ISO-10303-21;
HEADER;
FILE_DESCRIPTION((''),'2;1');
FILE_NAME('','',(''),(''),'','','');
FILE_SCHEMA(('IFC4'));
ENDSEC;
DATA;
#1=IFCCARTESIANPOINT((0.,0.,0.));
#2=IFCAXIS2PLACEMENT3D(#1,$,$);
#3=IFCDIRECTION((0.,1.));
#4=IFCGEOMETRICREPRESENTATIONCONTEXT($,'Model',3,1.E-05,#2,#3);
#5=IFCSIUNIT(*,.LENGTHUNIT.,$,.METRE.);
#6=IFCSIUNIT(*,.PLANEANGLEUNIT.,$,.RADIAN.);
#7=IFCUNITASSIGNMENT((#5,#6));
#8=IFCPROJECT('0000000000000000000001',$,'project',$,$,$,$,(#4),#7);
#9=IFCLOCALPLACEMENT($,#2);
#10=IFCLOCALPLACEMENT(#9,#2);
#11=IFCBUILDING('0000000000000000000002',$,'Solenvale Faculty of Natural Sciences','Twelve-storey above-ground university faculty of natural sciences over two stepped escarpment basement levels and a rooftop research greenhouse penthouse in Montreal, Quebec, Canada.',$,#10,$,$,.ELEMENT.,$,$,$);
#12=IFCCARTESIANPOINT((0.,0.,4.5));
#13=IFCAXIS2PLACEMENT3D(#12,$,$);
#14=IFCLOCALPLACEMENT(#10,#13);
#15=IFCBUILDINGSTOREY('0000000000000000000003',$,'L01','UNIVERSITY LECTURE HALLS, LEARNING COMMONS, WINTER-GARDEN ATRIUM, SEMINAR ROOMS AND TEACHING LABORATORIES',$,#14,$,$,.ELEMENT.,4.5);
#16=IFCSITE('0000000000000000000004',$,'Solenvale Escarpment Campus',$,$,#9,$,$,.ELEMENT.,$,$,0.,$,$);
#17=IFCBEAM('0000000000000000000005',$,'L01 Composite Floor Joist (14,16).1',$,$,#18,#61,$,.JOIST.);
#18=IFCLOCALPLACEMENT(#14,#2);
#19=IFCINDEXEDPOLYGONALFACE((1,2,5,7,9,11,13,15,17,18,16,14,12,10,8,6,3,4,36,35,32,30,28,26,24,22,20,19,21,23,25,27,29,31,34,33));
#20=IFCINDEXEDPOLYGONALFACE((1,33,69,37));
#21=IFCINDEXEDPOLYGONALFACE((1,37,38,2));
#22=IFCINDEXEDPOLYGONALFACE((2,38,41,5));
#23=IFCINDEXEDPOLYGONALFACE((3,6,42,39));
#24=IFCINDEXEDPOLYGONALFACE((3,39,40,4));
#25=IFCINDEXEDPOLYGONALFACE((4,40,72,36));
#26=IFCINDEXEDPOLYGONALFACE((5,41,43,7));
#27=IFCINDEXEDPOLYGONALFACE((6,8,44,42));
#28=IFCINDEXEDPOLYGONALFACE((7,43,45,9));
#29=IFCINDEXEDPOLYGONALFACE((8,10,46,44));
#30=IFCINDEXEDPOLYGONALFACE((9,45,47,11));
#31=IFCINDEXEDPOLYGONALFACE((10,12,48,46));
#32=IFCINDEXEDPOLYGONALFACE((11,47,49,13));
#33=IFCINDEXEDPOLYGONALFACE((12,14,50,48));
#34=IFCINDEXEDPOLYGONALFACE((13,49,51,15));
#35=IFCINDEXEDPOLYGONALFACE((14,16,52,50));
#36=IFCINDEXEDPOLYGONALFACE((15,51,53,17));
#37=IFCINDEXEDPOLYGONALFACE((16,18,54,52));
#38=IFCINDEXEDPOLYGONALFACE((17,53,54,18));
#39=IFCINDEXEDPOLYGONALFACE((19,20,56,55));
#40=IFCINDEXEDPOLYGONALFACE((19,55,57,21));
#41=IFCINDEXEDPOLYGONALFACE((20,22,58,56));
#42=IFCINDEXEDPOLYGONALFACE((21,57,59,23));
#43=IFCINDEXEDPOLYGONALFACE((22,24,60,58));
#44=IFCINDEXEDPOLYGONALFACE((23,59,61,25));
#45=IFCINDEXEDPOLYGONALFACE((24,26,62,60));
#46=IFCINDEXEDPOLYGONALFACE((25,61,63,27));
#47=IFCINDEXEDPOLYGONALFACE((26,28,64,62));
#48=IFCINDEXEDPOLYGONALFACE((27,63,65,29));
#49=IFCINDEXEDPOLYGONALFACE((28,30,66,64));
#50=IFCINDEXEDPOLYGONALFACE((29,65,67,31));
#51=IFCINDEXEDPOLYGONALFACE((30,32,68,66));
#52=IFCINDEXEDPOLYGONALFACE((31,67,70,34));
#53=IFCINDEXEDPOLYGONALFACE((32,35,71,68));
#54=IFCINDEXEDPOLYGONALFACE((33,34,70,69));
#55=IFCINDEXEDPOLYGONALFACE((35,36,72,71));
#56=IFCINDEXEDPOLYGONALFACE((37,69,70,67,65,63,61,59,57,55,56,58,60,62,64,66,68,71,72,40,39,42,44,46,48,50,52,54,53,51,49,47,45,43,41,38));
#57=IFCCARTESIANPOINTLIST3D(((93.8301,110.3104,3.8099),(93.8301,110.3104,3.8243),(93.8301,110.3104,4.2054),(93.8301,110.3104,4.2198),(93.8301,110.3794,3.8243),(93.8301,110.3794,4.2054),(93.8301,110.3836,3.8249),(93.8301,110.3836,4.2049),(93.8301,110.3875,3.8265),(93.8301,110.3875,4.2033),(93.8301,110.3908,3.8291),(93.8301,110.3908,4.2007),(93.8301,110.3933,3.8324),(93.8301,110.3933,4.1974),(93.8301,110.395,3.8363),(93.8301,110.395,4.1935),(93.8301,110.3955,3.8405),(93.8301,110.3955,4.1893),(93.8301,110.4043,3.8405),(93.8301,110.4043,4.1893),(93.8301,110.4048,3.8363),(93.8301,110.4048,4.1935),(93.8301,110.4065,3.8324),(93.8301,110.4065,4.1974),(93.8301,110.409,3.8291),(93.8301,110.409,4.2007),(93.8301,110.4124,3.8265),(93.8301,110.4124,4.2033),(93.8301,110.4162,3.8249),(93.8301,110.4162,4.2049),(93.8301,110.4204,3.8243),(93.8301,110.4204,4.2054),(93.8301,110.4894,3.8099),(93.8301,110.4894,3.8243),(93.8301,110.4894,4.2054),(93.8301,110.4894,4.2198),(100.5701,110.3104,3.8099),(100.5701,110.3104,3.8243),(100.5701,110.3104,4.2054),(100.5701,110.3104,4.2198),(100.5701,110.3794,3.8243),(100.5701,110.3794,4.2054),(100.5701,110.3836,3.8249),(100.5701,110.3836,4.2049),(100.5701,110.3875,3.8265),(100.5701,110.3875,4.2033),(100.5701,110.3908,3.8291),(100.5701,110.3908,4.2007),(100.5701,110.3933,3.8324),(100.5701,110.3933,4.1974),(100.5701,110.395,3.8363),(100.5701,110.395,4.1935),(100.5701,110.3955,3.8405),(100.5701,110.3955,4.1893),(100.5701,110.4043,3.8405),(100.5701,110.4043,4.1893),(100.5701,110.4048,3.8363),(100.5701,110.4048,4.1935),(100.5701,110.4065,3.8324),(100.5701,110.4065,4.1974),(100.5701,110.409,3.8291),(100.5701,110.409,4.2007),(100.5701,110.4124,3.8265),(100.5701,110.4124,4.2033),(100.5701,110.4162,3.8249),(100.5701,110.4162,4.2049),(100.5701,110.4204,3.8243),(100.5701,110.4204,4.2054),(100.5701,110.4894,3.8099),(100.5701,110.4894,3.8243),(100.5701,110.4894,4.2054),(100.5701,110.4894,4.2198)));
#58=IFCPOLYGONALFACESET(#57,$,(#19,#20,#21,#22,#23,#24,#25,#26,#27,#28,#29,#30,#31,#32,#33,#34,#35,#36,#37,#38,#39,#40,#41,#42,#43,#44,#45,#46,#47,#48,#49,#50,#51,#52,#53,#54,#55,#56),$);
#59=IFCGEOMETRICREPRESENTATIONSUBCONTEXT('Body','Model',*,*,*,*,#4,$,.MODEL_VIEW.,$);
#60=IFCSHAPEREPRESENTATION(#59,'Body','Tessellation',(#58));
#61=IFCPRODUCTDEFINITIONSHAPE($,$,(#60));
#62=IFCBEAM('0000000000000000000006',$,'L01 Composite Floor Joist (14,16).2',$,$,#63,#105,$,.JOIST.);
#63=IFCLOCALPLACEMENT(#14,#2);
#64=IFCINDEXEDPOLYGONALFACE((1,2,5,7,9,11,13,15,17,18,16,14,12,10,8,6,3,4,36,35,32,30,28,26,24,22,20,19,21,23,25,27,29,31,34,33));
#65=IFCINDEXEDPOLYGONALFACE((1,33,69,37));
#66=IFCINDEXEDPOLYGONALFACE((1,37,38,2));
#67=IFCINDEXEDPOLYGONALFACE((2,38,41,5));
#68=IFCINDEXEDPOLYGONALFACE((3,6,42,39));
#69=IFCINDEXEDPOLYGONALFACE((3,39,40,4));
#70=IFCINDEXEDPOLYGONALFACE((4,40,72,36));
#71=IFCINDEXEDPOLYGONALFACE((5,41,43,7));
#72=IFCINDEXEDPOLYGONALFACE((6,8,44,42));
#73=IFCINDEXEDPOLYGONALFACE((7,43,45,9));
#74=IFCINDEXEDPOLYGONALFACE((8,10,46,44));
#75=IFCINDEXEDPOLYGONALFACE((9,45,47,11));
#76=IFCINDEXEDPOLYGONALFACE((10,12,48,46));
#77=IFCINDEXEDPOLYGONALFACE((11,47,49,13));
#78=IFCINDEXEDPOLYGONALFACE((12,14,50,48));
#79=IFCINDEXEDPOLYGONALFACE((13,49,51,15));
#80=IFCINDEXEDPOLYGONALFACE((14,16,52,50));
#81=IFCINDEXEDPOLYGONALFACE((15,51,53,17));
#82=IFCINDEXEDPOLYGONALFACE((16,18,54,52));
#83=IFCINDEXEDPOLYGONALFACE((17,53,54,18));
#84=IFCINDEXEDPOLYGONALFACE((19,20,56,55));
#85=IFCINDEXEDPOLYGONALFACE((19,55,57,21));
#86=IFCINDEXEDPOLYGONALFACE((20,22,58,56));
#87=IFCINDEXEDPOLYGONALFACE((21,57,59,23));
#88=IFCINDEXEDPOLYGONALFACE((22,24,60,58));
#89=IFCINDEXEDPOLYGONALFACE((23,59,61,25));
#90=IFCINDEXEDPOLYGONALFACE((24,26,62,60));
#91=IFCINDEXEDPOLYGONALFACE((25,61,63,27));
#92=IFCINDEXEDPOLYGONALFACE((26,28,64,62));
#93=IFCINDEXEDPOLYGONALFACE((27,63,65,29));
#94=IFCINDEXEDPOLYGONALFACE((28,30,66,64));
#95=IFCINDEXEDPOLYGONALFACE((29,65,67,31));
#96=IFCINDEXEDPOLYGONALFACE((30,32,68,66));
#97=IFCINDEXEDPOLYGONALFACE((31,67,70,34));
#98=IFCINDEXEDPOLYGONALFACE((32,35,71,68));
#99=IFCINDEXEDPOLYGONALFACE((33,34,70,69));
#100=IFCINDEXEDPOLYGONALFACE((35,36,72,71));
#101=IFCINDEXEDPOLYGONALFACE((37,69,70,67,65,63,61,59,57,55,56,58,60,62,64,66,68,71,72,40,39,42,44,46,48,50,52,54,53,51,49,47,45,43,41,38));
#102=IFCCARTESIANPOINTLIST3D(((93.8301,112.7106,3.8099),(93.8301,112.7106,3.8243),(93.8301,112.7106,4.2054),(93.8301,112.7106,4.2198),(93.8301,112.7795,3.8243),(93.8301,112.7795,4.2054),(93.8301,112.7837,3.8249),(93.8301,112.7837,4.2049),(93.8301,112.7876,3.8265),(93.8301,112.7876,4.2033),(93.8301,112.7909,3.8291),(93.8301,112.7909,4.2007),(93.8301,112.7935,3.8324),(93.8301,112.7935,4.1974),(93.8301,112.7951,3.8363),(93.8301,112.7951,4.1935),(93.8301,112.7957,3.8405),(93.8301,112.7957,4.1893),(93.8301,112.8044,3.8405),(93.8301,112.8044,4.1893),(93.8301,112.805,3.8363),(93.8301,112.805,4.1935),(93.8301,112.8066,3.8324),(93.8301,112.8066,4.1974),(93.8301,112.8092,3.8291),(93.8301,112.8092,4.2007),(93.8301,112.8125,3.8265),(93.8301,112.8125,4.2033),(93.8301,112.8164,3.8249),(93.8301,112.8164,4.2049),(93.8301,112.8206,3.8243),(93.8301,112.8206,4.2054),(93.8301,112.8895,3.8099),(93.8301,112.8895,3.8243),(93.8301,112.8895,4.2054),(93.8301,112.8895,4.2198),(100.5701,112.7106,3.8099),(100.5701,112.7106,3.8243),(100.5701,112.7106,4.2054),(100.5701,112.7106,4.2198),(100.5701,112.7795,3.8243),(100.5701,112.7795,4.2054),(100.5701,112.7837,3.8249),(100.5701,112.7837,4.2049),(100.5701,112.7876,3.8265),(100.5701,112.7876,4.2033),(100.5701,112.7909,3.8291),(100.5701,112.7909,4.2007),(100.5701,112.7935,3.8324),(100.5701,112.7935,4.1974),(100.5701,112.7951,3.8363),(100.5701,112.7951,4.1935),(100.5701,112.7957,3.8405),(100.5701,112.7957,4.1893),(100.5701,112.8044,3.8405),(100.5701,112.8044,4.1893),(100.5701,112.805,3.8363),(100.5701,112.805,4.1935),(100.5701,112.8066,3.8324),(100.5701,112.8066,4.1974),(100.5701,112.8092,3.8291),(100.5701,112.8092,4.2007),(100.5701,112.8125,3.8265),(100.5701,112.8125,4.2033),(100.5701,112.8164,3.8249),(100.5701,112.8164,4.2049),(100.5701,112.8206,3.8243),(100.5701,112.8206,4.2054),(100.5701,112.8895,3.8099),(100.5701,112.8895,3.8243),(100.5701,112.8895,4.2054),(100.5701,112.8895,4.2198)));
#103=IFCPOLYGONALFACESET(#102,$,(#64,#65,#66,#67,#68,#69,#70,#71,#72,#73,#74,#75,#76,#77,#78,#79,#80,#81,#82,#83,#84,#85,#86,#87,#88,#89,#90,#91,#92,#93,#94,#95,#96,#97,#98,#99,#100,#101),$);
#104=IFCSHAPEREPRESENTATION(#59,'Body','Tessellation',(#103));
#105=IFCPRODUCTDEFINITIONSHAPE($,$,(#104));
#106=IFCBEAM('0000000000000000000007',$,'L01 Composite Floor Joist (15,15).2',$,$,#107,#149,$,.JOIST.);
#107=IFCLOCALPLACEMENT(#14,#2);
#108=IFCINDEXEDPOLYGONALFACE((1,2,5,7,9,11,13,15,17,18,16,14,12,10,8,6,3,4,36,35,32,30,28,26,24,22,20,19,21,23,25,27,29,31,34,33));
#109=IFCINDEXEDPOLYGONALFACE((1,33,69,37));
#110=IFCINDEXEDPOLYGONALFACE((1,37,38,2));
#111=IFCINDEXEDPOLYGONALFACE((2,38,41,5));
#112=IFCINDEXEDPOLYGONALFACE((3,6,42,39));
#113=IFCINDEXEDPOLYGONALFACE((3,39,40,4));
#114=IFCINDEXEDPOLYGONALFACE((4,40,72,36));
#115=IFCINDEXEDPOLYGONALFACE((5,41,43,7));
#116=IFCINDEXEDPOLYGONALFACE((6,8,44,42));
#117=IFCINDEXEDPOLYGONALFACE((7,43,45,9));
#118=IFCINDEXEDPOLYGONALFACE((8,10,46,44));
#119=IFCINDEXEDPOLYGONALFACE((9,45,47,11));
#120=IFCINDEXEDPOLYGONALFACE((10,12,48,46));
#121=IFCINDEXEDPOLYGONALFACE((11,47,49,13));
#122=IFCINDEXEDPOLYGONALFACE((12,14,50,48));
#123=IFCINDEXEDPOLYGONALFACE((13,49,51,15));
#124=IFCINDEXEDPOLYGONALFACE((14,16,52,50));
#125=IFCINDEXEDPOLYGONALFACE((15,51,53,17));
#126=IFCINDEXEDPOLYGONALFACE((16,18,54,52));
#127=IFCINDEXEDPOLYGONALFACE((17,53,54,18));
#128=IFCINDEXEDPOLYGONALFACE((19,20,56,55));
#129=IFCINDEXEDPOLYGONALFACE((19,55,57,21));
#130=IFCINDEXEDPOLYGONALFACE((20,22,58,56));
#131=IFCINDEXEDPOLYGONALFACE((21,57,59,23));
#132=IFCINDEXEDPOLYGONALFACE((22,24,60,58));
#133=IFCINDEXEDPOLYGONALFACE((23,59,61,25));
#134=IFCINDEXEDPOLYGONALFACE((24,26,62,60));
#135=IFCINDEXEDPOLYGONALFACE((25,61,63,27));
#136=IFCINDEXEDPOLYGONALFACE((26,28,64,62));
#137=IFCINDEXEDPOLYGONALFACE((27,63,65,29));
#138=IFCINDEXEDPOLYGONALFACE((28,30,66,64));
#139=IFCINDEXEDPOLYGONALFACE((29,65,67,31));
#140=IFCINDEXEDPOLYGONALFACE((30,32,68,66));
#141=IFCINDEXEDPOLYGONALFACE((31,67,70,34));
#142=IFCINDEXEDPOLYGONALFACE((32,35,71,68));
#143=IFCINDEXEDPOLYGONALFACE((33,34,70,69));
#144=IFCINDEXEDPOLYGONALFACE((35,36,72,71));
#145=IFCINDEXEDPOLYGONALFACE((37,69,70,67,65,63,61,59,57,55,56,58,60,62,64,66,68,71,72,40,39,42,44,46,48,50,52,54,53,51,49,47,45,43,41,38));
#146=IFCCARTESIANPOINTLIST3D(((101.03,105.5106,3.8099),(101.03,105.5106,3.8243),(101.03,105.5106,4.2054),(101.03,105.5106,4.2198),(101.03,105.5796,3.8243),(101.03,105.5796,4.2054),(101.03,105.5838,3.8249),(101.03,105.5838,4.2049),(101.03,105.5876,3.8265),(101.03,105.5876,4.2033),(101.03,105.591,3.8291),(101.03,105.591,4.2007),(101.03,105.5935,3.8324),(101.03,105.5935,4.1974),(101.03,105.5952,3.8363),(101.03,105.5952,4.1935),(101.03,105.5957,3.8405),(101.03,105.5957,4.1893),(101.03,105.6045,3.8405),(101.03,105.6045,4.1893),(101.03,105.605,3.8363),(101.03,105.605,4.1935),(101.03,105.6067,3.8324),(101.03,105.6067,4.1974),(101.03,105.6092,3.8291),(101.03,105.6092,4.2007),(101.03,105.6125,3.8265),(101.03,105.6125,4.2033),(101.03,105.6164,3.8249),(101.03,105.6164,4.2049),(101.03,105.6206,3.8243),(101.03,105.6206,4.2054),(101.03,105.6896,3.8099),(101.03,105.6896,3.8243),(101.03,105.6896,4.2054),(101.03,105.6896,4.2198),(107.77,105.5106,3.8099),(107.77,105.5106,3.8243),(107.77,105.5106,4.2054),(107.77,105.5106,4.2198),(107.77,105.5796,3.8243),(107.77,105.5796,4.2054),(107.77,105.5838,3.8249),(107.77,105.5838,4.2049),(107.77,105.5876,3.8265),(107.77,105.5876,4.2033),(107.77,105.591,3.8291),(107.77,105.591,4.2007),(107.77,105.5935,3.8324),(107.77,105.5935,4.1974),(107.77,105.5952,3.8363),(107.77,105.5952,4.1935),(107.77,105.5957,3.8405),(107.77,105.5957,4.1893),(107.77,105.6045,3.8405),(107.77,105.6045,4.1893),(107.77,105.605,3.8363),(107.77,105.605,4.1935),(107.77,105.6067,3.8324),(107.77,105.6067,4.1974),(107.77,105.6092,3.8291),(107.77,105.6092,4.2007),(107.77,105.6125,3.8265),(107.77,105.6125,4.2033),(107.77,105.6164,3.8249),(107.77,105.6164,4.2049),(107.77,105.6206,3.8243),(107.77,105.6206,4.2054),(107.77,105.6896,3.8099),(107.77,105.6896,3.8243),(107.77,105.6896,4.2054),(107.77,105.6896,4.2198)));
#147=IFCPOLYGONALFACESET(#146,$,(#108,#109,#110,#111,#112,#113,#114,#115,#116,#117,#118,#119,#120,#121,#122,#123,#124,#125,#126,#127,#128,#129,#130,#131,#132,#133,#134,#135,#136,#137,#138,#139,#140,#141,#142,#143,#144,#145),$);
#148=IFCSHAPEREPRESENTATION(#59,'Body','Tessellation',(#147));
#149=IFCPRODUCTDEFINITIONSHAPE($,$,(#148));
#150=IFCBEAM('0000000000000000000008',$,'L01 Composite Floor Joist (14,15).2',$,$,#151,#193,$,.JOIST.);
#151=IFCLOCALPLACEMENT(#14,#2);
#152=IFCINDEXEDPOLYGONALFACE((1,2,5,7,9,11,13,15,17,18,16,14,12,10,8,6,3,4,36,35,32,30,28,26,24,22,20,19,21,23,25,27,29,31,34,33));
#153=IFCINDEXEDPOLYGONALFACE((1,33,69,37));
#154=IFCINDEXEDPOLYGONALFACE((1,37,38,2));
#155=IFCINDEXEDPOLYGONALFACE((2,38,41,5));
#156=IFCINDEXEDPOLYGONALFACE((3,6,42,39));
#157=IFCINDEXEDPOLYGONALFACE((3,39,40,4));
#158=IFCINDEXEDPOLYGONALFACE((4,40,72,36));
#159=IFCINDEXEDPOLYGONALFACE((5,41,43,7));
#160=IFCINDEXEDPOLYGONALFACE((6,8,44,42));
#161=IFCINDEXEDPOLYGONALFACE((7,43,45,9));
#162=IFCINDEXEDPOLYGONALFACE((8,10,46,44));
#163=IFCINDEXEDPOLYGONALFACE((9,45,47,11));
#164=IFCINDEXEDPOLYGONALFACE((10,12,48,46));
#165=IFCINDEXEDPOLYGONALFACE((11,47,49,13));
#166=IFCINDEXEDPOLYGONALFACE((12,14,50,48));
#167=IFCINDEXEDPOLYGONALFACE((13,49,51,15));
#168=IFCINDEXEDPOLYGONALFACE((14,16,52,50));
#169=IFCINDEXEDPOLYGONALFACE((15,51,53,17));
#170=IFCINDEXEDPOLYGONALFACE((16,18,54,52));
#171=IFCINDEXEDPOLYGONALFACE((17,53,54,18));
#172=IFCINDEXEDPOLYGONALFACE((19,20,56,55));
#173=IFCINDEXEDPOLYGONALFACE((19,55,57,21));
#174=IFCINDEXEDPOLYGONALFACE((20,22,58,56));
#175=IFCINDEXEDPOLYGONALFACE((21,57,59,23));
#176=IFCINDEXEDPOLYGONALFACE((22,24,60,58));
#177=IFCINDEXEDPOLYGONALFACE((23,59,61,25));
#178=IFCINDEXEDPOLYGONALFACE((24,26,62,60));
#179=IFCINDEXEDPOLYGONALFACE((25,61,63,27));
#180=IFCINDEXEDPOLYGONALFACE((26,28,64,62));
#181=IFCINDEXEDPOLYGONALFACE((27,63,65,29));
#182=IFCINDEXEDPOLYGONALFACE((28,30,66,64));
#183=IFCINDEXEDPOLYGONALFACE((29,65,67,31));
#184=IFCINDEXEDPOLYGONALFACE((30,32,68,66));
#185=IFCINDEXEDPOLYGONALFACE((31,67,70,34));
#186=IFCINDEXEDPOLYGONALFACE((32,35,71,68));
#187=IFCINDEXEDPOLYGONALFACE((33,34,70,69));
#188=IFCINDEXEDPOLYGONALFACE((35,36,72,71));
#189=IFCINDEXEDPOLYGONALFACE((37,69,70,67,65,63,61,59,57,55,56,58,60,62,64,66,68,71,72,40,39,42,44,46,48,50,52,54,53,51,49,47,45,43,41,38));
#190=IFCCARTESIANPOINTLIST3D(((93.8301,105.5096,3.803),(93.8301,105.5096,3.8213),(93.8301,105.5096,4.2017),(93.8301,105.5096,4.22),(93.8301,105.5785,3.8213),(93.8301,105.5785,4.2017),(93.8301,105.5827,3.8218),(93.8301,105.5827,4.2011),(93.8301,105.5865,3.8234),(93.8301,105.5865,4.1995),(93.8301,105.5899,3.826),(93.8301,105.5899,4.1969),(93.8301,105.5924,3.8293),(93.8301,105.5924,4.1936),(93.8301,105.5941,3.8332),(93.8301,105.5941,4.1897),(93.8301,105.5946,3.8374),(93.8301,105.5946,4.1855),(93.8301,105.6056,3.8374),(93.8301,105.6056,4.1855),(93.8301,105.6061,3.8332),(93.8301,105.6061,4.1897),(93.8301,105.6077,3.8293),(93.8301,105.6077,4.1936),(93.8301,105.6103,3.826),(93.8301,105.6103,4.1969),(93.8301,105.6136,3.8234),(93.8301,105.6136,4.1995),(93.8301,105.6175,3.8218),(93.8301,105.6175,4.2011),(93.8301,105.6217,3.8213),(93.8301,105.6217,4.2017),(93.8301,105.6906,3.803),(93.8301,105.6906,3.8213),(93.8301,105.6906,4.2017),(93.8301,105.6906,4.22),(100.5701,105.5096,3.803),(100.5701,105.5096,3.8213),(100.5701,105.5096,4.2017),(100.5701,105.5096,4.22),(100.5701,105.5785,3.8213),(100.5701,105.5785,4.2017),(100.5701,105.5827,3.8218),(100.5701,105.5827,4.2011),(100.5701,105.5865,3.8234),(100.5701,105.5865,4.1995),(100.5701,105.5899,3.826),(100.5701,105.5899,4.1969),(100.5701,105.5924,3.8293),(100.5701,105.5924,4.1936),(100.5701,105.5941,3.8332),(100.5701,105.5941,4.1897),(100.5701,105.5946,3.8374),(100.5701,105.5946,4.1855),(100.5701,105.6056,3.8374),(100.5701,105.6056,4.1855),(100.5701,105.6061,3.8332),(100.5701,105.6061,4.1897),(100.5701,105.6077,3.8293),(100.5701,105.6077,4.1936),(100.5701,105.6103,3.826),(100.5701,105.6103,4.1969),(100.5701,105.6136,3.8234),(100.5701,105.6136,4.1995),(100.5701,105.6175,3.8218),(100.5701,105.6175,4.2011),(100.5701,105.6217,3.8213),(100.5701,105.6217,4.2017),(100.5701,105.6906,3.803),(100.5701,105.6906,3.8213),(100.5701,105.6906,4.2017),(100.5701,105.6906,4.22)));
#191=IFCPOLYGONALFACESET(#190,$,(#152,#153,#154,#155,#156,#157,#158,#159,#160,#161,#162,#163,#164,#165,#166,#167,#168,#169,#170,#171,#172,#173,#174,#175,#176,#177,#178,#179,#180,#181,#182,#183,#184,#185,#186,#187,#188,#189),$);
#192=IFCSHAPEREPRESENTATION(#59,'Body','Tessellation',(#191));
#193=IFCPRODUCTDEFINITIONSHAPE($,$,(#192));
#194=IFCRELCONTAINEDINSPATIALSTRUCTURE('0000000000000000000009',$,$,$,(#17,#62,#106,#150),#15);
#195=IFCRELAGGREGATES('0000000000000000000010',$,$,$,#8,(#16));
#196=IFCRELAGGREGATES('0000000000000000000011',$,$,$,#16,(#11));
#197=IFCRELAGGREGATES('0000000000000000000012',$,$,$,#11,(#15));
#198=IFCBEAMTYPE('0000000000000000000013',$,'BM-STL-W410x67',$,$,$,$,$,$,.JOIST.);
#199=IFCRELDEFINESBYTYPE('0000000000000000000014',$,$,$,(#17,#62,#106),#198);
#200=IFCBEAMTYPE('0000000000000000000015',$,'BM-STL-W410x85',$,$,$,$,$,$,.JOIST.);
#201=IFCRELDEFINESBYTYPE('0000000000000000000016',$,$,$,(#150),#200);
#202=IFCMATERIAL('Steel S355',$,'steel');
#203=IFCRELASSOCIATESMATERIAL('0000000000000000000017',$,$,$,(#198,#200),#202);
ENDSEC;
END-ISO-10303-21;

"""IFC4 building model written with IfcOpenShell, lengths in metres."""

from ifc_helpers import new_model, si_unit, direction, frame, origin, origin_2d, place, context, subcontext, project, spatial, i_section, extrude, material, material_profile, profile_set, type_object, element, save


model = new_model("IFC4")

# Units and contexts
model_context = context("Model", 3, precision=1e-05, world=origin(), true_north=direction((0.0, 1.0)))
body_context = subcontext(model_context, "Body", "Model", "MODEL_VIEW")
ifc_project = project(units=[si_unit("LENGTHUNIT", "METRE"), si_unit("PLANEANGLEUNIT", "RADIAN")], contexts=[model_context])

# Site, building, storey
site_placement = place(None, origin())
site = spatial("IfcSite", under=ifc_project, at=site_placement, Name="Solenvale Escarpment Campus", CompositionType="ELEMENT", RefElevation=0.0)
building_placement = place(site_placement, origin())
building = spatial("IfcBuilding", under=site, at=building_placement, Name="Solenvale Faculty of Natural Sciences", Description="Twelve-storey above-ground university faculty of natural sciences over two stepped escarpment basement levels and a rooftop research greenhouse penthouse in Montreal, Quebec, Canada.", CompositionType="ELEMENT")
storey_placement = place(building_placement, frame((0.0, 0.0, 4.5)))
storey = spatial("IfcBuildingStorey", under=building, at=storey_placement, Name="L01", Description="UNIVERSITY LECTURE HALLS, LEARNING COMMONS, WINTER-GARDEN ATRIUM, SEMINAR ROOMS AND TEACHING LABORATORIES", CompositionType="ELEMENT", Elevation=4.5)

# Beams
ifc_material_1 = material(Name="Steel S355", Category="steel")
ifc_material_profile_1 = material_profile(ifc_material_1, i_section(OverallWidth=0.179, OverallDepth=0.4099, WebThickness=0.0088, FlangeThickness=0.0144, FilletRadius=0.0161, at=origin_2d()), Name="W410x67")
ifc_profile_set_1 = profile_set([ifc_material_profile_1], Name="Steel S355")
beam_type_1 = type_object("IfcBeamType", Name="BM-STL-W410x67", PredefinedType="JOIST", material=ifc_profile_set_1)
for number, where, z_axis, x_axis, name in (
    (1, (93.8301, 110.3999, 4.0149), (1.0, 0.0, 0.0), (0.0, 1.0, 0.0), "L01 Composite Floor Joist (14,16).1"),
    (2, (93.8301, 112.8, 4.0149), (1.0, 0.0, 0.0), (0.0, 1.0, 0.0), "L01 Composite Floor Joist (14,16).2"),
    (3, (101.03, 105.6001, 4.0149), (1.0, 0.0, 0.0), (0.0, 1.0, 0.0), "L01 Composite Floor Joist (15,15).2"),
):
    element("IfcBeam", number, at=place(storey_placement, frame(where, z_axis=z_axis, x_axis=x_axis)), inside=storey, type_object=beam_type_1, Name=name, PredefinedType="JOIST", context=body_context, shape_type="SweptSolid", body=[
        extrude(i_section(OverallWidth=0.179, OverallDepth=0.4099, WebThickness=0.0088, FlangeThickness=0.0144, FilletRadius=0.0161, at=origin_2d()), origin(), (0.0, 0.0, 1.0), 6.74),
    ])
ifc_material_profile_2 = material_profile(ifc_material_1, i_section(OverallWidth=0.1809, OverallDepth=0.417, WebThickness=0.011, FlangeThickness=0.0183, FilletRadius=0.0161, at=origin_2d()), Name="W410x85")
ifc_profile_set_2 = profile_set([ifc_material_profile_2], Name="Steel S355")
beam_type_2 = type_object("IfcBeamType", Name="BM-STL-W410x85", PredefinedType="JOIST", material=ifc_profile_set_2)
beam_1_placement = place(storey_placement, frame((93.8301, 105.6001, 4.0115), z_axis=(1.0, 0.0, 0.0), x_axis=(0.0, 1.0, 0.0)))
element("IfcBeam", 4, at=beam_1_placement, inside=storey, type_object=beam_type_2, Name="L01 Composite Floor Joist (14,15).2", PredefinedType="JOIST", context=body_context, shape_type="SweptSolid", body=[
    extrude(i_section(OverallWidth=0.1809, OverallDepth=0.417, WebThickness=0.011, FlangeThickness=0.0183, FilletRadius=0.0161, at=origin_2d()), origin(), (0.0, 0.0, 1.0), 6.74),
])

save(model, "model.ifc")
